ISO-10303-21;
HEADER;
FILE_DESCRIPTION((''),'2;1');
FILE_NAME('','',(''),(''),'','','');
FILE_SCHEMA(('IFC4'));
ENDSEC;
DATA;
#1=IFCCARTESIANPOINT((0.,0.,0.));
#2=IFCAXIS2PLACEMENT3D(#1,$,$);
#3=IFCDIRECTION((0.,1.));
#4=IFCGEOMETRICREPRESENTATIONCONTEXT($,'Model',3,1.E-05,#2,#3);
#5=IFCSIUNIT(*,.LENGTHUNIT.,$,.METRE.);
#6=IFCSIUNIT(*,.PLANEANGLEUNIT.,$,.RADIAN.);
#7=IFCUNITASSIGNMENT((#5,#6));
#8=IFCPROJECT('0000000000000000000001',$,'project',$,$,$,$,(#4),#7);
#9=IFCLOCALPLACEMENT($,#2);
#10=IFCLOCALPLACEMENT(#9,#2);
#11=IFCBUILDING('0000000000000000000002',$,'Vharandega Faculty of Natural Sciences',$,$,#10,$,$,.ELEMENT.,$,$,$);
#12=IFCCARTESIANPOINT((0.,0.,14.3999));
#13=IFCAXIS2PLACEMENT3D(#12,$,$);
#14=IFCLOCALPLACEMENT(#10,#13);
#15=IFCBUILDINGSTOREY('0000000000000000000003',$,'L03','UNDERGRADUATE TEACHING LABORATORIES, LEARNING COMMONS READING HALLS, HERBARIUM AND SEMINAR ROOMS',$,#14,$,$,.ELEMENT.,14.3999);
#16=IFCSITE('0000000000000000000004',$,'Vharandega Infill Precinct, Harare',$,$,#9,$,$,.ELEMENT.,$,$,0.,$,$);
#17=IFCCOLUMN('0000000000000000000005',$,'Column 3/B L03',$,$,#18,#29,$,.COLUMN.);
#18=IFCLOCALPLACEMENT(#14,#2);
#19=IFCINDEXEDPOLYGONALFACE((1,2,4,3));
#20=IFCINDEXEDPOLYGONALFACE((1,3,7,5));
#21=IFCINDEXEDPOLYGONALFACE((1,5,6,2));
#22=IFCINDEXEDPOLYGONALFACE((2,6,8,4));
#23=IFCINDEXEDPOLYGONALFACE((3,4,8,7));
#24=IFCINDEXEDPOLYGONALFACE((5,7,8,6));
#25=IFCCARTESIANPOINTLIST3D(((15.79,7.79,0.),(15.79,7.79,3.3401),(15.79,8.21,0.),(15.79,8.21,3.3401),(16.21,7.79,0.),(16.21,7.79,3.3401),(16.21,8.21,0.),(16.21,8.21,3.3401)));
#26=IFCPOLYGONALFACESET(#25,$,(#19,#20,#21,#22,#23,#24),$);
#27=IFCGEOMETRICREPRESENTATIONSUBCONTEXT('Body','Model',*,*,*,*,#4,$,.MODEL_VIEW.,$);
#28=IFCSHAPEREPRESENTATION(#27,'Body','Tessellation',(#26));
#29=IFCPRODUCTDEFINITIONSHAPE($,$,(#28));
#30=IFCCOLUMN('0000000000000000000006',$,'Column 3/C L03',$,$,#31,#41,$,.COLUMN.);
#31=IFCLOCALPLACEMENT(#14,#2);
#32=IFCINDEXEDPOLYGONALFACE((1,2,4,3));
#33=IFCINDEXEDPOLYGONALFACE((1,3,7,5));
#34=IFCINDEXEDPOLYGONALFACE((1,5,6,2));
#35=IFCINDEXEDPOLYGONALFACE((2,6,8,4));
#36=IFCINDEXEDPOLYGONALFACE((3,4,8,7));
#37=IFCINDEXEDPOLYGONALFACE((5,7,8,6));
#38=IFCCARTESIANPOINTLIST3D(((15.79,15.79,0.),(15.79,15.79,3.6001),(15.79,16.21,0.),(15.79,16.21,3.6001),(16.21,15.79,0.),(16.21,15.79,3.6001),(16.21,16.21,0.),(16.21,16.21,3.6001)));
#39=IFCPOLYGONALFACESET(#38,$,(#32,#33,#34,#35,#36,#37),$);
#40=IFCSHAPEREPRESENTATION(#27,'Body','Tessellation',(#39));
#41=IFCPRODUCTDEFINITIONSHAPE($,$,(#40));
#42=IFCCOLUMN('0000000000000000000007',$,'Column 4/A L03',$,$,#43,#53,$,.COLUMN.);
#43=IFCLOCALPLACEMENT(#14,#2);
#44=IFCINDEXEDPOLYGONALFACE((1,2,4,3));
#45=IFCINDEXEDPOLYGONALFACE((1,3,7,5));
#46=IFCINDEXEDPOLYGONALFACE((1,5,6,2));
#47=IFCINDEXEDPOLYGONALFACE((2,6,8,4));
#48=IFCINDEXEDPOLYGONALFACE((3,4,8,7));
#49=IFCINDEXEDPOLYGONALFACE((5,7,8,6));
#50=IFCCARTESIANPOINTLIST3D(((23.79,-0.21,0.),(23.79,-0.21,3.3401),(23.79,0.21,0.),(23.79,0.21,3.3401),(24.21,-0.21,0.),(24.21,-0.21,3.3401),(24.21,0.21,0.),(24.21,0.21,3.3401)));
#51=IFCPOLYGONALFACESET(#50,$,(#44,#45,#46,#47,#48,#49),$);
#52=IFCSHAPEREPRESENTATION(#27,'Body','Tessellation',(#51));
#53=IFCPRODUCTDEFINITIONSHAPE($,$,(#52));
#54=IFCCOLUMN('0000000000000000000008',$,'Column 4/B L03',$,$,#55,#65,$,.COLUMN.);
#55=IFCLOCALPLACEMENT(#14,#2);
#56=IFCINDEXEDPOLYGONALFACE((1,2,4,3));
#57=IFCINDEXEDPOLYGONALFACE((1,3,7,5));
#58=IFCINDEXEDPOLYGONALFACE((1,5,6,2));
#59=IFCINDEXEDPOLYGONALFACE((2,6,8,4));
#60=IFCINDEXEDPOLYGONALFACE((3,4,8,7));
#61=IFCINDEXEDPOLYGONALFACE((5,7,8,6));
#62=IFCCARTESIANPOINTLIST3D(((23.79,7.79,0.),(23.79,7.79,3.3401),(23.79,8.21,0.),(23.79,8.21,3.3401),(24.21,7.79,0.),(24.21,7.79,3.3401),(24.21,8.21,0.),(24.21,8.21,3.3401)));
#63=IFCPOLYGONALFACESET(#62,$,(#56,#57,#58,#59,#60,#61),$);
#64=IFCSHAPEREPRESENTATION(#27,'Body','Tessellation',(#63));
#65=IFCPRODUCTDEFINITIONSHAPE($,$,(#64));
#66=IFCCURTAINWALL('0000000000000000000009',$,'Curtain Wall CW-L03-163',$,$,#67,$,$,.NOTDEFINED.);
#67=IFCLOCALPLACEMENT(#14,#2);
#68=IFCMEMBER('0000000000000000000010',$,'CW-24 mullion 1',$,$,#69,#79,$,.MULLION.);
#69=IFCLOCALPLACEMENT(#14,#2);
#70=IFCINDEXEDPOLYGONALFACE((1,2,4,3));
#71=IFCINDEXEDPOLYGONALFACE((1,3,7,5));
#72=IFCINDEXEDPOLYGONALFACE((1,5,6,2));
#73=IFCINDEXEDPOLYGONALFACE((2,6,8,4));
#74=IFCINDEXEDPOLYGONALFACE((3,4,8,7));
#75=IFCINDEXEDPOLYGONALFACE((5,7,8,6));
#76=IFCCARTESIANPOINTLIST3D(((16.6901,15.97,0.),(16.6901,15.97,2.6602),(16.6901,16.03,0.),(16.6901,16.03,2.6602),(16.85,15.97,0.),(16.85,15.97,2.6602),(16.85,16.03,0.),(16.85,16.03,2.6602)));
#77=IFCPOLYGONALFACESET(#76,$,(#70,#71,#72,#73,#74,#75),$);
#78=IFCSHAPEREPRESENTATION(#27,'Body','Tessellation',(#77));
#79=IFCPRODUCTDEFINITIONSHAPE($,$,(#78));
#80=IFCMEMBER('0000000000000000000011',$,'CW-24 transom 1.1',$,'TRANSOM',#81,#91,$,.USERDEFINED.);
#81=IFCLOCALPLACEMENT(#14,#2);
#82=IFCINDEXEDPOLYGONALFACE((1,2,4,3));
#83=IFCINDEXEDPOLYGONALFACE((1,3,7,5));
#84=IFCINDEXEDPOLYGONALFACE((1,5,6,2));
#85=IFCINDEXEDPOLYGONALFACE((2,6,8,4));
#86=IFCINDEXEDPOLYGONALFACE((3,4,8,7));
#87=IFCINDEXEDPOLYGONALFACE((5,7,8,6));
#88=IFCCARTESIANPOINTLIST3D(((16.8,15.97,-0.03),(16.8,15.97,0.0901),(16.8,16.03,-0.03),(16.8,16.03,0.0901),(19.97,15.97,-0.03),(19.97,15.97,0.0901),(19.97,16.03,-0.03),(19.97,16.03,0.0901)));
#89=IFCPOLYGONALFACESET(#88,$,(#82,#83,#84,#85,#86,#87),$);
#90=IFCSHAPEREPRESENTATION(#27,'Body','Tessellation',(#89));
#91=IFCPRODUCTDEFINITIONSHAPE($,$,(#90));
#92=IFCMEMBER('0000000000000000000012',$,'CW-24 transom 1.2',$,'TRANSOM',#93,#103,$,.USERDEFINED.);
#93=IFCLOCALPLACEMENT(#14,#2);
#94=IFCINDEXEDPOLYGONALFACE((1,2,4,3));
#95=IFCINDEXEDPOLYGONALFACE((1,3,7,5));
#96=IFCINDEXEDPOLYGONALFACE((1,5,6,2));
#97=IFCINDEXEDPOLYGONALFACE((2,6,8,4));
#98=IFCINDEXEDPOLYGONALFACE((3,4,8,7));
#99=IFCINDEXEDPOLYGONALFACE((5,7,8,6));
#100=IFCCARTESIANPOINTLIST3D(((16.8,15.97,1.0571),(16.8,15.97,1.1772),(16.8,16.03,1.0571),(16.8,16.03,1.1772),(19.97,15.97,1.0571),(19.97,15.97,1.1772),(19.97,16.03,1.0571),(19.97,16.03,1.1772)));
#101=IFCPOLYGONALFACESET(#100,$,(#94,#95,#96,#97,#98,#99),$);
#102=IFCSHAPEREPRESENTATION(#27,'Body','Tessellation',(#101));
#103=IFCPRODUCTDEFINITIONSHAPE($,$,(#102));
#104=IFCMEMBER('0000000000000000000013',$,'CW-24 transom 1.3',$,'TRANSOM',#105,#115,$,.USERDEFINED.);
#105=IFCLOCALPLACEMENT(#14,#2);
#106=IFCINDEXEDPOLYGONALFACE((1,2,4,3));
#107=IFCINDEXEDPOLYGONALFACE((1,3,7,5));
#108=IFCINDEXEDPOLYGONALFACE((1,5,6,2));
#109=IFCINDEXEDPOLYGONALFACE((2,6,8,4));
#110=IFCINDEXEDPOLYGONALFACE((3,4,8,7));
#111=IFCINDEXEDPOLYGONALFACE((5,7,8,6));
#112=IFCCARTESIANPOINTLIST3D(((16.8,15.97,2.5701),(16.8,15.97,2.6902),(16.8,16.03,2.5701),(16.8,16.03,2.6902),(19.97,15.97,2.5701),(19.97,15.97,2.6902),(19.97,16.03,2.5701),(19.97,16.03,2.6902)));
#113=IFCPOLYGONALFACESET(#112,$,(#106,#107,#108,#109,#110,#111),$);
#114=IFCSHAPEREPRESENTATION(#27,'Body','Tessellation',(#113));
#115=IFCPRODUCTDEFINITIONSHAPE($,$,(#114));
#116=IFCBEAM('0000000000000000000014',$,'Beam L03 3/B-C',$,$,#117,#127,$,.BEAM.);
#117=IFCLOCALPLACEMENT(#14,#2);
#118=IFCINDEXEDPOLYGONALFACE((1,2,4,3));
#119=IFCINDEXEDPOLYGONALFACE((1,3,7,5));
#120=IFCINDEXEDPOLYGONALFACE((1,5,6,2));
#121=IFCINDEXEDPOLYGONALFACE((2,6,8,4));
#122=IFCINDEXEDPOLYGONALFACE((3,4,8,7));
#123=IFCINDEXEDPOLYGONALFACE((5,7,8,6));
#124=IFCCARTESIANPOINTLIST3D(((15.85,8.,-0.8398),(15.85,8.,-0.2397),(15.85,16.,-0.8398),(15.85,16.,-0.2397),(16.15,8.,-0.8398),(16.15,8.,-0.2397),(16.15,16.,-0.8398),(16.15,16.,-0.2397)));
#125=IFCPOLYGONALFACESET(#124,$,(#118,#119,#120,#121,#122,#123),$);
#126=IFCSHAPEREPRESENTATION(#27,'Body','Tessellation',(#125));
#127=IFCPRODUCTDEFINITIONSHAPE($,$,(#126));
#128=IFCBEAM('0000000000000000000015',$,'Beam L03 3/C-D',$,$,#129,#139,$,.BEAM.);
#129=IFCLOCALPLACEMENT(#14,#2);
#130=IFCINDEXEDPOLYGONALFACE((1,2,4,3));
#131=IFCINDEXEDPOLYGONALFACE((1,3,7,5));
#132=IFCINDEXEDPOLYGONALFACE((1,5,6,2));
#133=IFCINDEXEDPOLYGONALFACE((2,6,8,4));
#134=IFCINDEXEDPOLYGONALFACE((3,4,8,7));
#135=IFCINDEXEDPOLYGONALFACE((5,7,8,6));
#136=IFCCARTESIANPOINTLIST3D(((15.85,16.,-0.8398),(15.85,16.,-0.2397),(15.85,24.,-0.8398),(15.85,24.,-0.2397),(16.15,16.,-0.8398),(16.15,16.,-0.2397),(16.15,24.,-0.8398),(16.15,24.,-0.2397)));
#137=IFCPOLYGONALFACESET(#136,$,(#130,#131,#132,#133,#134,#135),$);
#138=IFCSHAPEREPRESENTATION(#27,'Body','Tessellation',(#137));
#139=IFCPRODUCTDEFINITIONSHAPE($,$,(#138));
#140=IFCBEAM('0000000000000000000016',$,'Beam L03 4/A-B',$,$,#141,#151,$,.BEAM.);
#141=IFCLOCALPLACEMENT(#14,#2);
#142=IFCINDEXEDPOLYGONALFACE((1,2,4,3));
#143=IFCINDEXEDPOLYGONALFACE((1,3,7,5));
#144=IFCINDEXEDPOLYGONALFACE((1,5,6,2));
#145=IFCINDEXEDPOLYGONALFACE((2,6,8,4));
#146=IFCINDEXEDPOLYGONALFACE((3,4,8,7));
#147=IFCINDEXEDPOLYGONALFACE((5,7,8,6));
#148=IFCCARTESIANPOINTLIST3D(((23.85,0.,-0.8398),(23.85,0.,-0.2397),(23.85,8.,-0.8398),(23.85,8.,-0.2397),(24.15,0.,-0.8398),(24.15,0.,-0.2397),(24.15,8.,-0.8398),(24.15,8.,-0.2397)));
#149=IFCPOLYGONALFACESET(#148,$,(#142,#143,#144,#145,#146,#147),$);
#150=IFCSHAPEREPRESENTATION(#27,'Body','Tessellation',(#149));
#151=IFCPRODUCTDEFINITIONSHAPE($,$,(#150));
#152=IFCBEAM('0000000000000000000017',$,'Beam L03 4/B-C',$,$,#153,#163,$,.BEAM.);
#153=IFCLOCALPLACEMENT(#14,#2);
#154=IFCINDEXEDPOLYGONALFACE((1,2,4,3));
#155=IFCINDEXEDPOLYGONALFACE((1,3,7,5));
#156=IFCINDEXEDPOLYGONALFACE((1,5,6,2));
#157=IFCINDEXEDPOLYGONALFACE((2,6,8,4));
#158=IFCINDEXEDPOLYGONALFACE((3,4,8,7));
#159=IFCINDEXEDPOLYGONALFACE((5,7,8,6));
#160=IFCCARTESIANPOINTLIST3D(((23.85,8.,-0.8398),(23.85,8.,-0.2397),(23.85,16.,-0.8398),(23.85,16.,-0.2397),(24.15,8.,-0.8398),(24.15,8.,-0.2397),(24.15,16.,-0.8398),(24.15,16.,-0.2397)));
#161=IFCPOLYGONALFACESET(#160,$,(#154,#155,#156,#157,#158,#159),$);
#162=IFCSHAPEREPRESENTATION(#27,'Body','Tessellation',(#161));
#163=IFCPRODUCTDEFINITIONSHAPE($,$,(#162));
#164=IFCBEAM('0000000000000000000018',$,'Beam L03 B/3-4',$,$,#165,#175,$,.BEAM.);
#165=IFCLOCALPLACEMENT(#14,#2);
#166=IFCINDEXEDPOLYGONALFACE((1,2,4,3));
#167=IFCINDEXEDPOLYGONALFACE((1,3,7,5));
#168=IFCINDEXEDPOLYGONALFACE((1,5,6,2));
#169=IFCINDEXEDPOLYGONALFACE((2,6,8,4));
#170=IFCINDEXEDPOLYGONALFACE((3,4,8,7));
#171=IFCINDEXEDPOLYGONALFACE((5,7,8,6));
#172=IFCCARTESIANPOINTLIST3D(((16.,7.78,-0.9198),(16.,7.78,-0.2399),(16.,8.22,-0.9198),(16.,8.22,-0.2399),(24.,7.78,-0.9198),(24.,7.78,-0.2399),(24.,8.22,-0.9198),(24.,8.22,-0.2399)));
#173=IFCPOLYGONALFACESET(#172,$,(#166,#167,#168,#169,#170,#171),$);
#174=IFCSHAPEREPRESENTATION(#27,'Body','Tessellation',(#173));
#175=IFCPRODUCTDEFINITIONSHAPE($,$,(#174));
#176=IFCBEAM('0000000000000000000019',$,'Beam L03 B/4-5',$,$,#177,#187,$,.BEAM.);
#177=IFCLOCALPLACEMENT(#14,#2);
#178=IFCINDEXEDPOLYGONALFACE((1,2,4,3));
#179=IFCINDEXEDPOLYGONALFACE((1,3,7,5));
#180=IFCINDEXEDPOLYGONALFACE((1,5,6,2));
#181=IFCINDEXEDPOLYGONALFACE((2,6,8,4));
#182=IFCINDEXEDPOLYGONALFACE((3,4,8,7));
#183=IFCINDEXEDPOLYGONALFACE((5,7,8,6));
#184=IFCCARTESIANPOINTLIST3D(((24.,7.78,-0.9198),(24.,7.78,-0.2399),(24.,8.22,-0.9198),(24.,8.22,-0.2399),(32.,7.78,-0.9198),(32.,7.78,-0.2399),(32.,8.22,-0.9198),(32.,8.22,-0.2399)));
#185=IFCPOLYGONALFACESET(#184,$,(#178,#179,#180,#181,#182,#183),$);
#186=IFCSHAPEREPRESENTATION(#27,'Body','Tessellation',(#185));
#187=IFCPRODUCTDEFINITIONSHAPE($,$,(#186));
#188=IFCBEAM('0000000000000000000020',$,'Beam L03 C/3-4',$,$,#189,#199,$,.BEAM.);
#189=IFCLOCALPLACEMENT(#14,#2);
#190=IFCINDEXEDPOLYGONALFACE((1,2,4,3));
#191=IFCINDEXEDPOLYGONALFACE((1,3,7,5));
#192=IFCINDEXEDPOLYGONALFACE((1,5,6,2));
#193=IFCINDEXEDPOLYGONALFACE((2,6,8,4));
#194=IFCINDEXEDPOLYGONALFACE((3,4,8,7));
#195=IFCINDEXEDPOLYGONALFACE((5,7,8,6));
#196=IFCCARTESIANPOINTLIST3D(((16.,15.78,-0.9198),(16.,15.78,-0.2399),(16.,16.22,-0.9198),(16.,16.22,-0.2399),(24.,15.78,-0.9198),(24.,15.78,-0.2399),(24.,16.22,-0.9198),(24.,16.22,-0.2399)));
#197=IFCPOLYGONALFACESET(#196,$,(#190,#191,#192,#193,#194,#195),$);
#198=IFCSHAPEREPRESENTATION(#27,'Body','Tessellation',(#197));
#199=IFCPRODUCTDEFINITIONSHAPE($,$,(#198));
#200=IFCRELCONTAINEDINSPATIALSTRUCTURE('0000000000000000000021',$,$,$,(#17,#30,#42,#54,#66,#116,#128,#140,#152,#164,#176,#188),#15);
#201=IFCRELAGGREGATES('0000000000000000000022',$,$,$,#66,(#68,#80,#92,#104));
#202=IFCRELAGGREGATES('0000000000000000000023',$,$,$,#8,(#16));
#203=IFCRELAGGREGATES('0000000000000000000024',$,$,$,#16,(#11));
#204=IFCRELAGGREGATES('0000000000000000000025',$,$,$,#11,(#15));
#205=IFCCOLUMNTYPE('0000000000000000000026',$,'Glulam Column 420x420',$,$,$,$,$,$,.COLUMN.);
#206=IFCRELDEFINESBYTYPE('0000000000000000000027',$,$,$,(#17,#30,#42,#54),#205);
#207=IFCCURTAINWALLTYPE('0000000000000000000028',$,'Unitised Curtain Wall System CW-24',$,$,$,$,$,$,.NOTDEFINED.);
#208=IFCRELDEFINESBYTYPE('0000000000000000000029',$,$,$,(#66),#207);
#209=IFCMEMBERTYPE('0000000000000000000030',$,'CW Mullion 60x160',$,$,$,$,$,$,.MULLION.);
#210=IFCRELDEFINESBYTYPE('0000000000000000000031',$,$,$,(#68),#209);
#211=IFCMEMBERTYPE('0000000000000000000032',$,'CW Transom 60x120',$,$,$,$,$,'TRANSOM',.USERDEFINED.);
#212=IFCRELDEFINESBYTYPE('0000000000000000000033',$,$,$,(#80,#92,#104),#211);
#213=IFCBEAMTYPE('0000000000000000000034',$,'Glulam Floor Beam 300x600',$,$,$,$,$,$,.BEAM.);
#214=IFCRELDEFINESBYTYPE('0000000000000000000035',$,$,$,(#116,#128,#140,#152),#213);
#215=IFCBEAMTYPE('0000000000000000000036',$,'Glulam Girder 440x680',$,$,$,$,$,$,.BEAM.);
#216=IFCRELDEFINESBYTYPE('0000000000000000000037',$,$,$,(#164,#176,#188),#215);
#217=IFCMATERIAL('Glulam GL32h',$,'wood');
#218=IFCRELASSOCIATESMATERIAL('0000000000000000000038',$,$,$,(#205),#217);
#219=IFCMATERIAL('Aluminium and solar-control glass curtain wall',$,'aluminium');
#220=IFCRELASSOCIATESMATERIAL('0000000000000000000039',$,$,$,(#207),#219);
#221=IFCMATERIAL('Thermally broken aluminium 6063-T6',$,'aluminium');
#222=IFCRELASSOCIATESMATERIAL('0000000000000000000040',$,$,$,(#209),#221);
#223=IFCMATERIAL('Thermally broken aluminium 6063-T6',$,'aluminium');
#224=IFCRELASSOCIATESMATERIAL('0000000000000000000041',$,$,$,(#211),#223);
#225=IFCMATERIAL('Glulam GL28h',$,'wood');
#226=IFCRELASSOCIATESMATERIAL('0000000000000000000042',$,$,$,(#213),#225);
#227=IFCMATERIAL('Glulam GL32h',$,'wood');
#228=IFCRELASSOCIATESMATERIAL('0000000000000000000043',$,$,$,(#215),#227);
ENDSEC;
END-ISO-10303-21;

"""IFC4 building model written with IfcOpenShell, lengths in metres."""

from ifc_helpers import new_model, si_unit, direction, frame, origin, origin_2d, place, context, subcontext, project, spatial, rectangle, extrude, material, material_profile, profile_set, type_object, element, aggregate, save


model = new_model("IFC4")

# Units and contexts
model_context = context("Model", 3, precision=1e-05, world=origin(), true_north=direction((0.0, 1.0)))
body_context = subcontext(model_context, "Body", "Model", "MODEL_VIEW")
ifc_project = project(units=[si_unit("LENGTHUNIT", "METRE"), si_unit("PLANEANGLEUNIT", "RADIAN")], contexts=[model_context])

# Site, building, storey
site_placement = place(None, origin())
site = spatial("IfcSite", under=ifc_project, at=site_placement, Name="Vharandega Infill Precinct, Harare", CompositionType="ELEMENT", RefElevation=0.0)
building_placement = place(site_placement, origin())
building = spatial("IfcBuilding", under=site, at=building_placement, Name="Vharandega Faculty of Natural Sciences", CompositionType="ELEMENT")
storey_placement = place(building_placement, frame((0.0, 0.0, 14.3999)))
storey = spatial("IfcBuildingStorey", under=building, at=storey_placement, Name="L03", Description="UNDERGRADUATE TEACHING LABORATORIES, LEARNING COMMONS READING HALLS, HERBARIUM AND SEMINAR ROOMS", CompositionType="ELEMENT", Elevation=14.3999)

# Columns
ifc_material_1 = material(Name="Glulam GL32h", Category="wood")
ifc_material_profile_1 = material_profile(ifc_material_1, rectangle(XDim=0.4199, YDim=0.4199, at=origin_2d()), Name="GL32h 420x420")
ifc_profile_set_1 = profile_set([ifc_material_profile_1], Name="Glulam GL32h")
column_type = type_object("IfcColumnType", Name="Glulam Column 420x420", PredefinedType="COLUMN", material=ifc_profile_set_1)
column_1_placement = place(storey_placement, frame((16.0, 8.0, 0.0), z_axis=(0.0, 0.0, 1.0), x_axis=(1.0, 0.0, 0.0)))
element("IfcColumn", 1, at=column_1_placement, inside=storey, type_object=column_type, Name="Column 3/B L03", PredefinedType="COLUMN", context=body_context, shape_type="SweptSolid", body=[
    extrude(rectangle(XDim=0.4199, YDim=0.4199, at=origin_2d()), origin(), (0.0, 0.0, 1.0), 3.3401),
])
column_2_placement = place(storey_placement, frame((16.0, 16.0, 0.0), z_axis=(0.0, 0.0, 1.0), x_axis=(1.0, 0.0, 0.0)))
element("IfcColumn", 2, at=column_2_placement, inside=storey, type_object=column_type, Name="Column 3/C L03", PredefinedType="COLUMN", context=body_context, shape_type="SweptSolid", body=[
    extrude(rectangle(XDim=0.4199, YDim=0.4199, at=origin_2d()), origin(), (0.0, 0.0, 1.0), 3.6001),
])
for number, where, z_axis, x_axis, name in (
    (3, (24.0, 0.0, 0.0), (0.0, 0.0, 1.0), (1.0, 0.0, 0.0), "Column 4/A L03"),
    (4, (24.0, 8.0, 0.0), (0.0, 0.0, 1.0), (1.0, 0.0, 0.0), "Column 4/B L03"),
):
    element("IfcColumn", number, at=place(storey_placement, frame(where, z_axis=z_axis, x_axis=x_axis)), inside=storey, type_object=column_type, Name=name, PredefinedType="COLUMN", context=body_context, shape_type="SweptSolid", body=[
        extrude(rectangle(XDim=0.4199, YDim=0.4199, at=origin_2d()), origin(), (0.0, 0.0, 1.0), 3.3401),
    ])

# Curtain wall, members
ifc_material_2 = material(Name="Aluminium and solar-control glass curtain wall", Category="aluminium")
curtain_wall_type = type_object("IfcCurtainWallType", Name="Unitised Curtain Wall System CW-24", PredefinedType="NOTDEFINED", material=ifc_material_2)
curtain_wall_placement = place(storey_placement, origin())
curtain_wall = element("IfcCurtainWall", 5, at=curtain_wall_placement, inside=storey, type_object=curtain_wall_type, Name="Curtain Wall CW-L03-163", PredefinedType="NOTDEFINED")
ifc_material_3 = material(Name="Thermally broken aluminium 6063-T6", Category="aluminium")
ifc_material_profile_2 = material_profile(ifc_material_3, rectangle(XDim=0.0601, YDim=0.1599, at=origin_2d()), Name="ALU 60x160")
ifc_profile_set_2 = profile_set([ifc_material_profile_2], Name="Thermally broken aluminium 6063-T6")
member_type_1 = type_object("IfcMemberType", Name="CW Mullion 60x160", PredefinedType="MULLION", material=ifc_profile_set_2)
member_1_placement = place(storey_placement, frame((16.77, 16.0, 0.0), z_axis=(0.0, 0.0, 1.0), x_axis=(0.0, 1.0, 0.0)))
member_1 = element("IfcMember", 6, at=member_1_placement, type_object=member_type_1, Name="CW-24 mullion 1", PredefinedType="MULLION", context=body_context, shape_type="SweptSolid", body=[
    extrude(rectangle(XDim=0.0601, YDim=0.1599, at=origin_2d()), origin(), (0.0, 0.0, 1.0), 2.6602),
])
ifc_material_4 = material(Name="Thermally broken aluminium 6063-T6", Category="aluminium")
ifc_material_profile_3 = material_profile(ifc_material_4, rectangle(XDim=0.0601, YDim=0.1201, at=origin_2d()), Name="ALU 60x120")
ifc_profile_set_3 = profile_set([ifc_material_profile_3], Name="Thermally broken aluminium 6063-T6")
member_type_2 = type_object("IfcMemberType", Name="CW Transom 60x120", ElementType="TRANSOM", PredefinedType="USERDEFINED", material=ifc_profile_set_3)
member_2_placement = place(storey_placement, frame((16.8, 16.0, 0.03), z_axis=(1.0, 0.0, 0.0), x_axis=(0.0, 1.0, 0.0)))
member_2 = element("IfcMember", 7, at=member_2_placement, type_object=member_type_2, Name="CW-24 transom 1.1", ObjectType="TRANSOM", PredefinedType="USERDEFINED", context=body_context, shape_type="SweptSolid", body=[
    extrude(rectangle(XDim=0.0601, YDim=0.1201, at=origin_2d()), origin(), (0.0, 0.0, 1.0), 3.1699),
])
member_3_placement = place(storey_placement, frame((16.8, 16.0, 1.1172), z_axis=(1.0, 0.0, 0.0), x_axis=(0.0, 1.0, 0.0)))
member_3 = element("IfcMember", 8, at=member_3_placement, type_object=member_type_2, Name="CW-24 transom 1.2", ObjectType="TRANSOM", PredefinedType="USERDEFINED", context=body_context, shape_type="SweptSolid", body=[
    extrude(rectangle(XDim=0.0601, YDim=0.1201, at=origin_2d()), origin(), (0.0, 0.0, 1.0), 3.1699),
])
member_4_placement = place(storey_placement, frame((16.8, 16.0, 2.6301), z_axis=(1.0, 0.0, 0.0), x_axis=(0.0, 1.0, 0.0)))
member_4 = element("IfcMember", 9, at=member_4_placement, type_object=member_type_2, Name="CW-24 transom 1.3", ObjectType="TRANSOM", PredefinedType="USERDEFINED", context=body_context, shape_type="SweptSolid", body=[
    extrude(rectangle(XDim=0.0601, YDim=0.1201, at=origin_2d()), origin(), (0.0, 0.0, 1.0), 3.1699),
])

# Beams
ifc_material_5 = material(Name="Glulam GL28h", Category="wood")
ifc_material_profile_4 = material_profile(ifc_material_5, rectangle(XDim=0.3, YDim=0.6001, at=origin_2d()), Name="GL28h 300x600")
ifc_profile_set_4 = profile_set([ifc_material_profile_4], Name="Glulam GL28h")
beam_type_1 = type_object("IfcBeamType", Name="Glulam Floor Beam 300x600", PredefinedType="BEAM", material=ifc_profile_set_4)
for number, where, z_axis, x_axis, name in (
    (10, (16.0, 8.0, -0.5398), (0.0, 1.0, 0.0), (-1.0, 0.0, 0.0), "Beam L03 3/B-C"),
    (11, (16.0, 16.0, -0.5398), (0.0, 1.0, 0.0), (-1.0, 0.0, 0.0), "Beam L03 3/C-D"),
    (12, (24.0, 0.0, -0.5398), (0.0, 1.0, 0.0), (-1.0, 0.0, 0.0), "Beam L03 4/A-B"),
    (13, (24.0, 8.0, -0.5398), (0.0, 1.0, 0.0), (-1.0, 0.0, 0.0), "Beam L03 4/B-C"),
):
    element("IfcBeam", number, at=place(storey_placement, frame(where, z_axis=z_axis, x_axis=x_axis)), inside=storey, type_object=beam_type_1, Name=name, PredefinedType="BEAM", context=body_context, shape_type="SweptSolid", body=[
        extrude(rectangle(XDim=0.3, YDim=0.6001, at=origin_2d()), origin(), (0.0, 0.0, 1.0), 8.0),
    ])
ifc_material_6 = material(Name="Glulam GL32h", Category="wood")
ifc_material_profile_5 = material_profile(ifc_material_6, rectangle(XDim=0.4399, YDim=0.6799, at=origin_2d()), Name="GL32h 440x680")
ifc_profile_set_5 = profile_set([ifc_material_profile_5], Name="Glulam GL32h")
beam_type_2 = type_object("IfcBeamType", Name="Glulam Girder 440x680", PredefinedType="BEAM", material=ifc_profile_set_5)
for number, where, z_axis, x_axis, name in (
    (14, (16.0, 8.0, -0.5798), (1.0, 0.0, 0.0), (0.0, 1.0, 0.0), "Beam L03 B/3-4"),
    (15, (24.0, 8.0, -0.5798), (1.0, 0.0, 0.0), (0.0, 1.0, 0.0), "Beam L03 B/4-5"),
    (16, (16.0, 16.0, -0.5798), (1.0, 0.0, 0.0), (0.0, 1.0, 0.0), "Beam L03 C/3-4"),
):
    element("IfcBeam", number, at=place(storey_placement, frame(where, z_axis=z_axis, x_axis=x_axis)), inside=storey, type_object=beam_type_2, Name=name, PredefinedType="BEAM", context=body_context, shape_type="SweptSolid", body=[
        extrude(rectangle(XDim=0.4399, YDim=0.6799, at=origin_2d()), origin(), (0.0, 0.0, 1.0), 8.0),
    ])

aggregate(curtain_wall, [member_1, member_2, member_3, member_4])

save(model, "model.ifc")
